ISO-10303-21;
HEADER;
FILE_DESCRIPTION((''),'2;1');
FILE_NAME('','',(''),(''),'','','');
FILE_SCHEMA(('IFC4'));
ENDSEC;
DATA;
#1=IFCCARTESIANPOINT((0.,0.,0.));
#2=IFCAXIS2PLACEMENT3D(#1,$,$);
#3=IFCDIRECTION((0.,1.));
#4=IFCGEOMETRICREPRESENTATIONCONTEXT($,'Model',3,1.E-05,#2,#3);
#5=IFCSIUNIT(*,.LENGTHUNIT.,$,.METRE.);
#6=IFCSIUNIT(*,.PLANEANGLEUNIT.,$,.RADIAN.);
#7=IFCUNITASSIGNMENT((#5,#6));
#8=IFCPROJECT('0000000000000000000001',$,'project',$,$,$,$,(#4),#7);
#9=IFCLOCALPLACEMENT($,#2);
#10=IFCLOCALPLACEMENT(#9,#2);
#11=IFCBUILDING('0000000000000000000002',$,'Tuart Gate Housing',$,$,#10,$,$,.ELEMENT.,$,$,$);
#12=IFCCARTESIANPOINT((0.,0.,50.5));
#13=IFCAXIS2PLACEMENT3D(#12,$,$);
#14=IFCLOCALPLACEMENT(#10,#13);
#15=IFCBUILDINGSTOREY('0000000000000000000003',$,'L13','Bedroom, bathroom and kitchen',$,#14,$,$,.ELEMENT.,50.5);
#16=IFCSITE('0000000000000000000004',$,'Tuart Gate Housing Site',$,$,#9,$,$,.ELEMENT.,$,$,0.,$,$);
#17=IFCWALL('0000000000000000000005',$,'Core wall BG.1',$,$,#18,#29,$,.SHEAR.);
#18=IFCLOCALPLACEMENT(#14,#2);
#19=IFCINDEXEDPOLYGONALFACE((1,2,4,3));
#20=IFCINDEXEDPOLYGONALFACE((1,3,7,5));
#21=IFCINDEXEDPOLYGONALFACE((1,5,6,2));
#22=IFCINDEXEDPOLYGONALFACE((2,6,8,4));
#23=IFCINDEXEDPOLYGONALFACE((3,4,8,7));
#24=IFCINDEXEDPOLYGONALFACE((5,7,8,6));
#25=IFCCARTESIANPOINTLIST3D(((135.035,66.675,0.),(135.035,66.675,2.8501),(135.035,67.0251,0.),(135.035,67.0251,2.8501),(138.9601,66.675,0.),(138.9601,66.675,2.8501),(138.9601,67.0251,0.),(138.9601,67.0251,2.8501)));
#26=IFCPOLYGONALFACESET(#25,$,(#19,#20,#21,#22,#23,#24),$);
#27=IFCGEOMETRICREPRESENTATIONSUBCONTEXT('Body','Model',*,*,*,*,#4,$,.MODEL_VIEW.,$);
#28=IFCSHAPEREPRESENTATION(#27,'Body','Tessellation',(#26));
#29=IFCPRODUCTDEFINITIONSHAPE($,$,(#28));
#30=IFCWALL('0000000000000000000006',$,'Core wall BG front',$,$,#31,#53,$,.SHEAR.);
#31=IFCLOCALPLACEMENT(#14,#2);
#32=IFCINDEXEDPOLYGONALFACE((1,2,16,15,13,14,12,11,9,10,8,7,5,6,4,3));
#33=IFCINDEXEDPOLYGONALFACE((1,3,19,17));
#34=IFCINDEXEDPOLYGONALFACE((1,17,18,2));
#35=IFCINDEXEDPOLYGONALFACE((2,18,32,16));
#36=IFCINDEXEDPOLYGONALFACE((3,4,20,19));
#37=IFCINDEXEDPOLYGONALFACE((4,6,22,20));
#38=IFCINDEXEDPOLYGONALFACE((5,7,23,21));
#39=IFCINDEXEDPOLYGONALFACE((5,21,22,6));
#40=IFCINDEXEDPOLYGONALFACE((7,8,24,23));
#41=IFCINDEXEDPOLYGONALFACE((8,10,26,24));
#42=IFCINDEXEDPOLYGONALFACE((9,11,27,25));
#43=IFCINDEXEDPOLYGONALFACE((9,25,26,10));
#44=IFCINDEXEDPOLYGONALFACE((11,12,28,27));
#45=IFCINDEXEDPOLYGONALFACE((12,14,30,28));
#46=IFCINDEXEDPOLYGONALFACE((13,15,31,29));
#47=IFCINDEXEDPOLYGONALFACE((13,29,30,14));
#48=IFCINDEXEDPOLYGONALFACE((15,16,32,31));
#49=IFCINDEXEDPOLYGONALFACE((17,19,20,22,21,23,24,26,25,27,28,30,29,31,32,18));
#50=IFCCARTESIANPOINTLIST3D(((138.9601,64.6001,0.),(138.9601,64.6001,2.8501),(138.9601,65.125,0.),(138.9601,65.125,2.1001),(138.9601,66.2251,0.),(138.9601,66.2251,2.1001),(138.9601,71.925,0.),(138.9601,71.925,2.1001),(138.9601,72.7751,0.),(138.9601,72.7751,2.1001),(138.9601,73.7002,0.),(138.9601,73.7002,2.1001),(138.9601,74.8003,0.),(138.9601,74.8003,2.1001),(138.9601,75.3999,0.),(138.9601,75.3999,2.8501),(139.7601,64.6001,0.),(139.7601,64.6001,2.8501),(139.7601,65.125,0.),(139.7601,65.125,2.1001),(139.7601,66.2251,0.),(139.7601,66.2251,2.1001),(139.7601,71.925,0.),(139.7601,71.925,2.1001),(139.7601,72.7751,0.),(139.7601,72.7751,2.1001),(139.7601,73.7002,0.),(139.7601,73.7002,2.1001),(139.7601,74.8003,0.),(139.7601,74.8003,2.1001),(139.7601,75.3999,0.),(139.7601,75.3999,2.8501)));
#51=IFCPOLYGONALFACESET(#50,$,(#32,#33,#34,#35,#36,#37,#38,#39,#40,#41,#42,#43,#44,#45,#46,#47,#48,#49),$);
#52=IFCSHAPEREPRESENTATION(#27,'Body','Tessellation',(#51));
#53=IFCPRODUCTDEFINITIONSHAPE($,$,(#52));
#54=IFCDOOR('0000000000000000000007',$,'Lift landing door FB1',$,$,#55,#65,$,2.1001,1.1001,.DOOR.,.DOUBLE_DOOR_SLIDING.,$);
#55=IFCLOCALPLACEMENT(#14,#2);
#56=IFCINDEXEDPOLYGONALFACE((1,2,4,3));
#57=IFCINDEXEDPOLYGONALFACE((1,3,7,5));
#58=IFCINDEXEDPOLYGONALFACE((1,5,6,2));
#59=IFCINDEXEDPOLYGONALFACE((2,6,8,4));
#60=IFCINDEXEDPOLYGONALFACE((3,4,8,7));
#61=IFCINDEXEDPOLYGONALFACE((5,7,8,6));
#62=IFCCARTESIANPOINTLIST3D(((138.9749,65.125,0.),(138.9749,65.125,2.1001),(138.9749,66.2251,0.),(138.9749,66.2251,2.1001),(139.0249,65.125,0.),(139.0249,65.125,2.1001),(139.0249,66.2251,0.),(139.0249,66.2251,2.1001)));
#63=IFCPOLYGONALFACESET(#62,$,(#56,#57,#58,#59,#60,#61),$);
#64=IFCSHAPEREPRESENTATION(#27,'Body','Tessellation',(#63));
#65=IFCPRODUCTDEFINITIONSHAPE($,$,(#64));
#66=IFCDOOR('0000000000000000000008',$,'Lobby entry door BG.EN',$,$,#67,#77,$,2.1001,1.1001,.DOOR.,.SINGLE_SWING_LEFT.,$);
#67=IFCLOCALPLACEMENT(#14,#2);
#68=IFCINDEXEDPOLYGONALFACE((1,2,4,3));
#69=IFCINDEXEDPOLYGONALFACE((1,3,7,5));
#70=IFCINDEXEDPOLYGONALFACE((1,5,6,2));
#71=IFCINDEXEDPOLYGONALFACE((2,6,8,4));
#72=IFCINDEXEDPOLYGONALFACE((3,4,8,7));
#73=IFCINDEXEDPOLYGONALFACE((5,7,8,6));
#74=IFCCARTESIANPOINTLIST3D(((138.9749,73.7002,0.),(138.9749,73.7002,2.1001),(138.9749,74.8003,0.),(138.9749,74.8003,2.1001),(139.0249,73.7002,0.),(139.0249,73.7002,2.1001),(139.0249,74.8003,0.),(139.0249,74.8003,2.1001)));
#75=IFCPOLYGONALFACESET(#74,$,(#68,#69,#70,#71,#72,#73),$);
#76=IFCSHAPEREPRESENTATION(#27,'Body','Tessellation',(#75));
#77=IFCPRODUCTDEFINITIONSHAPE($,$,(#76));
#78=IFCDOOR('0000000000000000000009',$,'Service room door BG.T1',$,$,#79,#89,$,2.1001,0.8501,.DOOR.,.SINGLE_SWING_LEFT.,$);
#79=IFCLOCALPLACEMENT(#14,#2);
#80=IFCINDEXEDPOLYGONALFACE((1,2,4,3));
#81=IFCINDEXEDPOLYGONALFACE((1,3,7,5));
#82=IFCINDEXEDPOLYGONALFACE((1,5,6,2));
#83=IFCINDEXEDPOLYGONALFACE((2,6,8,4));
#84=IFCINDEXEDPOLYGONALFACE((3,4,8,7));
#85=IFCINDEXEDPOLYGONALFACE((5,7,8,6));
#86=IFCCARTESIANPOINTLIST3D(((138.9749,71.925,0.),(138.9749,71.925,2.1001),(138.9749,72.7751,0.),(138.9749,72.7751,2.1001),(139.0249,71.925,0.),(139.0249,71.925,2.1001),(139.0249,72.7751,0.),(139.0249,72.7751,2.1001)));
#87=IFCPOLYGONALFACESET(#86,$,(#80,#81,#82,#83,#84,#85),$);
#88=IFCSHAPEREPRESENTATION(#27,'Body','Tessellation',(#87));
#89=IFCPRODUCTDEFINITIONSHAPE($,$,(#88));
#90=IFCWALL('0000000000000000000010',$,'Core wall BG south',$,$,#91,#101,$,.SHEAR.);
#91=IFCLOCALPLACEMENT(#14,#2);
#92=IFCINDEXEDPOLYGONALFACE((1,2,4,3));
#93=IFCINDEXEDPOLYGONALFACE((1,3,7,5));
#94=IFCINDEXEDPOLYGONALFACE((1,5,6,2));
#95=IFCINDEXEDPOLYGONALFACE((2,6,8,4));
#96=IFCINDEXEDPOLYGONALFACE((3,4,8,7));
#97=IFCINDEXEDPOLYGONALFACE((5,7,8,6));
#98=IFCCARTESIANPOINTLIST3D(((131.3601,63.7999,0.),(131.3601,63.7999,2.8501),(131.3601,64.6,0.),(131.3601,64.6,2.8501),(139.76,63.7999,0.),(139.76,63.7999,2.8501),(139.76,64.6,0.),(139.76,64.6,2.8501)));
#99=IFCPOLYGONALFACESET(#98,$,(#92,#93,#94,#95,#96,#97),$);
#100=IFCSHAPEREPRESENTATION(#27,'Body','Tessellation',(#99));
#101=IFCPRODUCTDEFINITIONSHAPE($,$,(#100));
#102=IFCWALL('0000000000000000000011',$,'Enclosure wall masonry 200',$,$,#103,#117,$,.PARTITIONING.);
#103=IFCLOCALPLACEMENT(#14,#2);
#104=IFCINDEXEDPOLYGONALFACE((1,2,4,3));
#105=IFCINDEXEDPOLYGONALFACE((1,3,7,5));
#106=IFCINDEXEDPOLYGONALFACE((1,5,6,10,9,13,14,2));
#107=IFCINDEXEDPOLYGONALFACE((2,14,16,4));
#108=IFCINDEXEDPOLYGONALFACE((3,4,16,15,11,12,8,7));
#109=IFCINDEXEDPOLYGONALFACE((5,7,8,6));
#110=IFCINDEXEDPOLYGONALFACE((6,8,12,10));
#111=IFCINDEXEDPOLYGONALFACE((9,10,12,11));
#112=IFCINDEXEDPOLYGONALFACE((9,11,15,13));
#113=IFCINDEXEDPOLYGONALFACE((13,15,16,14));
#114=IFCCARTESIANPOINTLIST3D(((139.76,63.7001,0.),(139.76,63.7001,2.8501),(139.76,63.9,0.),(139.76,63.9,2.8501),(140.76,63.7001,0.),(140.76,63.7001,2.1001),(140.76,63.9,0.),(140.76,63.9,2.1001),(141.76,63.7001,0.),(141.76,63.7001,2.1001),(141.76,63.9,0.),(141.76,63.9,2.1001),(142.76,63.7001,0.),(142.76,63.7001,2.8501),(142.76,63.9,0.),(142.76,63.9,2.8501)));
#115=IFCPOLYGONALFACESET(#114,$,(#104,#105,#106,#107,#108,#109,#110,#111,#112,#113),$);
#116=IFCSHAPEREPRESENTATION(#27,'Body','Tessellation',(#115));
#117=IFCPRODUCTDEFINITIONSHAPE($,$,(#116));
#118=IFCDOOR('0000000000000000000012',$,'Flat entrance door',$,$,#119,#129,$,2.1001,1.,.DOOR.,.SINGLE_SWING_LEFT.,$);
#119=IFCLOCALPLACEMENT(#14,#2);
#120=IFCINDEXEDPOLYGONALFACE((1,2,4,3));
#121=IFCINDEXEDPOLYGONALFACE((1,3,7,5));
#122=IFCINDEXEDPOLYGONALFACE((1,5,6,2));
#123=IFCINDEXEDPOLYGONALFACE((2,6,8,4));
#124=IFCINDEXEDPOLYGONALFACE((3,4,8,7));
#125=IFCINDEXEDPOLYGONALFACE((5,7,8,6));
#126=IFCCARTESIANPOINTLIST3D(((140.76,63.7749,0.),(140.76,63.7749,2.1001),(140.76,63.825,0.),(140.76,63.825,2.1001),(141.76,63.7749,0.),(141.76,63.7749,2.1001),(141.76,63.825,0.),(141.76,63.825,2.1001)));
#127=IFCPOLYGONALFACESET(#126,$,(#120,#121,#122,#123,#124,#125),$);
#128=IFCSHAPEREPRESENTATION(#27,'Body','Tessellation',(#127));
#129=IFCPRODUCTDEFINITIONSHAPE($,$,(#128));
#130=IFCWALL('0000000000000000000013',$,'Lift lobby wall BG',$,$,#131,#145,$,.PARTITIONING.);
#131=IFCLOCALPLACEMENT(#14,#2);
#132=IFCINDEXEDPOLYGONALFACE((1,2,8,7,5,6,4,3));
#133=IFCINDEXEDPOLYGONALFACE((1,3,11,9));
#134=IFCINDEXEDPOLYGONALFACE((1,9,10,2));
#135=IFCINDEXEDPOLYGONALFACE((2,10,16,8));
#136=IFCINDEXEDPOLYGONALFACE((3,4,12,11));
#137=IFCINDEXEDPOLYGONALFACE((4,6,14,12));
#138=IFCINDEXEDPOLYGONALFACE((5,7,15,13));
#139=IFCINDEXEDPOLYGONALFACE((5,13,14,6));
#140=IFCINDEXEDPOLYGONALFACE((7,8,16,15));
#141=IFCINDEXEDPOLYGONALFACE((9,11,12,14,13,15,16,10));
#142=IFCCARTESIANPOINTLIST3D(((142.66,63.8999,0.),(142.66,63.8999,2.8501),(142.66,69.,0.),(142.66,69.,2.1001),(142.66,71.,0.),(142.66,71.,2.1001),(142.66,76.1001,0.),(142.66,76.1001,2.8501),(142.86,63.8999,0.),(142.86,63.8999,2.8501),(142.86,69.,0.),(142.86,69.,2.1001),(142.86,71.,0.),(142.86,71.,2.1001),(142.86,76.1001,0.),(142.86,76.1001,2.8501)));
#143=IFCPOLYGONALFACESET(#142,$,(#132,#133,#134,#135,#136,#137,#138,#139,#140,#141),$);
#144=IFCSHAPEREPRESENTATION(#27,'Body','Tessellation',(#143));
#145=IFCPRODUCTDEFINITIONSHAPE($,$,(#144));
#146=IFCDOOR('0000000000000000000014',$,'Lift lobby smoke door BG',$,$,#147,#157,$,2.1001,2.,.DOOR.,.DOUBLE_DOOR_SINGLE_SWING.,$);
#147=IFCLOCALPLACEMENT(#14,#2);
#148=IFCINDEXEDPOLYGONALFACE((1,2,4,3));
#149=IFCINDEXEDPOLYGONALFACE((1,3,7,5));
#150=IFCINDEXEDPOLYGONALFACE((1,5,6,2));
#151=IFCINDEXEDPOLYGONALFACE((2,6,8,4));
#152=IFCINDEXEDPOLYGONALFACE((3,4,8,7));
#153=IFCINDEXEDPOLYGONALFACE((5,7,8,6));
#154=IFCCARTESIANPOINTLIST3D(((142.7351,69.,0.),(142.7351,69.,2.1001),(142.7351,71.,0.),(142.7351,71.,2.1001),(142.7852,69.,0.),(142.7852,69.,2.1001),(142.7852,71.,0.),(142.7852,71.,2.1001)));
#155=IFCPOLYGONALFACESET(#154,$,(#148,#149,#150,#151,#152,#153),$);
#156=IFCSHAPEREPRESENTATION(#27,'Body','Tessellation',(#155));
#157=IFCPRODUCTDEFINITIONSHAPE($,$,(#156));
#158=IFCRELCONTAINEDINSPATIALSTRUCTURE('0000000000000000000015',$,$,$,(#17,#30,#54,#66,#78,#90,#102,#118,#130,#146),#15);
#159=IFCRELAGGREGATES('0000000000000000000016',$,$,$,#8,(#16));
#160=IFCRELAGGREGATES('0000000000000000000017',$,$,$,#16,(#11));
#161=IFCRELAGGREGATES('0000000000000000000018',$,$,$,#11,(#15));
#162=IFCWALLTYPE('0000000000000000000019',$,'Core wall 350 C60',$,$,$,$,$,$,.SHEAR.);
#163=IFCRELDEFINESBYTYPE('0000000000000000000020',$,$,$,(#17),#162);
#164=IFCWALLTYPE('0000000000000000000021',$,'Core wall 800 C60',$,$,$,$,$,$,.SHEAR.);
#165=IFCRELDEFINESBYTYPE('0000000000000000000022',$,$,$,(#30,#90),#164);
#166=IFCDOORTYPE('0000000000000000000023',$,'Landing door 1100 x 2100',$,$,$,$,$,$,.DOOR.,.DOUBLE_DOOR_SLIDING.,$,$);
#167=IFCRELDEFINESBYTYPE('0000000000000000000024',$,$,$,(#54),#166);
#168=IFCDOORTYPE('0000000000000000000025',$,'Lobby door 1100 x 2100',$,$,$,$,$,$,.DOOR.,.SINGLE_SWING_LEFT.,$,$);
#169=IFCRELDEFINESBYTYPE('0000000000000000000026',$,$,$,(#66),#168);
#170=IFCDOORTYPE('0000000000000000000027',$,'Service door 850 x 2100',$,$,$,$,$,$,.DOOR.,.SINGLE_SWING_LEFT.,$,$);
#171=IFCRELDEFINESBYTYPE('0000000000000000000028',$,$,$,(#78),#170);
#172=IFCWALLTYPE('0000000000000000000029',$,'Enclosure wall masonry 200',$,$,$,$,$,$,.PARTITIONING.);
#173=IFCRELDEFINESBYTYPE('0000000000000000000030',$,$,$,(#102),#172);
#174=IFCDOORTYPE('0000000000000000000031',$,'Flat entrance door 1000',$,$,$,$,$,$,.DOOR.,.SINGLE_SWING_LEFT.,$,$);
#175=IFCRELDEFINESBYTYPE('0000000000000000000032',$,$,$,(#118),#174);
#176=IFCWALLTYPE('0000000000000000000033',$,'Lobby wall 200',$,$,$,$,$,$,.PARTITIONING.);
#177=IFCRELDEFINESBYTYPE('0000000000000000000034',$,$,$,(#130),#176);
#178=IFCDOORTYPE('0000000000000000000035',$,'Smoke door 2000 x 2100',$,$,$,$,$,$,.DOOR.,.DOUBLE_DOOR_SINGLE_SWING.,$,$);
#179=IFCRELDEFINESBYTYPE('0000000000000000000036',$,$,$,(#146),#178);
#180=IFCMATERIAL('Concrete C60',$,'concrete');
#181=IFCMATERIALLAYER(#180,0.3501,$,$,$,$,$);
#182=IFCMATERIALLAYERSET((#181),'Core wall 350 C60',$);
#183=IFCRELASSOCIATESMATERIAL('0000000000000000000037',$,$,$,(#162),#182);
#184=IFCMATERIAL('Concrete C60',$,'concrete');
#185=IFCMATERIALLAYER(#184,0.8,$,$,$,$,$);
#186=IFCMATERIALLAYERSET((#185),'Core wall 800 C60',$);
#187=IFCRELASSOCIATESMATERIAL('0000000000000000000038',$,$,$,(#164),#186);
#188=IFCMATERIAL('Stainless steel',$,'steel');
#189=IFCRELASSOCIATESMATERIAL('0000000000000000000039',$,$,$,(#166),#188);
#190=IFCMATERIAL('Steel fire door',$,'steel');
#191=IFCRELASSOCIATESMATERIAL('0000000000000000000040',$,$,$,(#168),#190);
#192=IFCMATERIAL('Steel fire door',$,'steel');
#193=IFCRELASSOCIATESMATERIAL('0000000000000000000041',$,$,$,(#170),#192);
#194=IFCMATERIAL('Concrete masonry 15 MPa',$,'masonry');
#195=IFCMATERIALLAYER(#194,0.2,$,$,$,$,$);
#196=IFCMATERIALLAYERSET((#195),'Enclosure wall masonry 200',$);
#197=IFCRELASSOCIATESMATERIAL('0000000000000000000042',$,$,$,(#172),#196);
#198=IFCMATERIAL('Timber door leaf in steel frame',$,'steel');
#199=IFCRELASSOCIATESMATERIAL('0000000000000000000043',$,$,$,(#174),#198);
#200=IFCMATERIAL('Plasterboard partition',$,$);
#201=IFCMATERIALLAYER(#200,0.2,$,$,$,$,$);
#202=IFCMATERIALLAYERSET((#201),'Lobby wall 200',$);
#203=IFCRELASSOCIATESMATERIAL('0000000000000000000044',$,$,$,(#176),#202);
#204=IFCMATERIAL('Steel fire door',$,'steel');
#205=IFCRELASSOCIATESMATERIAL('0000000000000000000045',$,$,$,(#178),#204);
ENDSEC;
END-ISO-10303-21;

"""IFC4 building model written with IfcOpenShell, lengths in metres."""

from ifc_helpers import new_model, si_unit, direction, frame, frame_2d, origin, place, context, subcontext, project, spatial, rectangle, extrude, material, layer, layer_set, type_object, element, fill, save


model = new_model("IFC4")

# Units and contexts
model_context = context("Model", 3, precision=1e-05, world=origin(), true_north=direction((0.0, 1.0)))
body_context = subcontext(model_context, "Body", "Model", "MODEL_VIEW")
ifc_project = project(units=[si_unit("LENGTHUNIT", "METRE"), si_unit("PLANEANGLEUNIT", "RADIAN")], contexts=[model_context])

# Site, building, storey
site_placement = place(None, origin())
site = spatial("IfcSite", under=ifc_project, at=site_placement, Name="Tuart Gate Housing Site", CompositionType="ELEMENT", RefElevation=0.0)
building_placement = place(site_placement, origin())
building = spatial("IfcBuilding", under=site, at=building_placement, Name="Tuart Gate Housing", CompositionType="ELEMENT")
storey_placement = place(building_placement, frame((0.0, 0.0, 50.5)))
storey = spatial("IfcBuildingStorey", under=building, at=storey_placement, Name="L13", Description="Bedroom, bathroom and kitchen", CompositionType="ELEMENT", Elevation=50.5)

# Wall
ifc_material_1 = material(Name="Concrete C60", Category="concrete")
ifc_layer_1 = layer(ifc_material_1, 0.3501)
ifc_layer_set_1 = layer_set([ifc_layer_1], Name="Core wall 350 C60")
wall_type_1 = type_object("IfcWallType", Name="Core wall 350 C60", PredefinedType="SHEAR", material=ifc_layer_set_1)
wall_1_placement = place(storey_placement, frame((138.96, 66.8501, 0.0), z_axis=(0.0, 0.0, 1.0), x_axis=(-1.0, 0.0, 0.0)))
element("IfcWall", 1, at=wall_1_placement, inside=storey, type_object=wall_type_1, Name="Core wall BG.1", PredefinedType="SHEAR", context=body_context, shape_type="SweptSolid", body=[
    extrude(rectangle(XDim=3.925, YDim=0.3501, at=frame_2d((1.9624, 0.0))), origin(), (0.0, 0.0, 1.0), 2.8501),
])

# Wall, openings, doors
ifc_material_2 = material(Name="Concrete C60", Category="concrete")
ifc_layer_2 = layer(ifc_material_2, 0.8)
ifc_layer_set_2 = layer_set([ifc_layer_2], Name="Core wall 800 C60")
wall_type_2 = type_object("IfcWallType", Name="Core wall 800 C60", PredefinedType="SHEAR", material=ifc_layer_set_2)
wall_2_placement = place(storey_placement, frame((139.3601, 64.6001, 0.0), z_axis=(0.0, 0.0, 1.0), x_axis=(0.0, 1.0, 0.0)))
wall_2 = element("IfcWall", 2, at=wall_2_placement, inside=storey, type_object=wall_type_2, Name="Core wall BG front", PredefinedType="SHEAR", context=body_context, shape_type="SweptSolid", body=[
    extrude(rectangle(XDim=10.7998, YDim=0.8, at=frame_2d((5.3999, 0.0))), origin(), (0.0, 0.0, 1.0), 2.8501),
])
opening_1_placement = place(wall_2_placement, frame((0.5249, 0.0, 0.0)))
opening_1 = element("IfcOpeningElement", 3, at=opening_1_placement, cuts=wall_2, PredefinedType="OPENING", context=body_context, shape_type="SweptSolid", body=[
    extrude(rectangle(XDim=1.1001, YDim=2.1001, at=frame_2d((0.55, 1.05))), frame((0.0, 0.4099, 0.0), z_axis=(0.0, -1.0, 0.0), x_axis=(1.0, 0.0, 0.0)), (0.0, 0.0, 1.0), 0.8201),
])
opening_2_placement = place(wall_2_placement, frame((9.1001, 0.0, 0.0)))
opening_2 = element("IfcOpeningElement", 4, at=opening_2_placement, cuts=wall_2, PredefinedType="OPENING", context=body_context, shape_type="SweptSolid", body=[
    extrude(rectangle(XDim=1.1001, YDim=2.1001, at=frame_2d((0.55, 1.05))), frame((0.0, 0.4099, 0.0), z_axis=(0.0, -1.0, 0.0), x_axis=(1.0, 0.0, 0.0)), (0.0, 0.0, 1.0), 0.8201),
])
opening_3_placement = place(wall_2_placement, frame((7.325, 0.0, 0.0)))
opening_3 = element("IfcOpeningElement", 5, at=opening_3_placement, cuts=wall_2, PredefinedType="OPENING", context=body_context, shape_type="SweptSolid", body=[
    extrude(rectangle(XDim=0.8501, YDim=2.1001, at=frame_2d((0.425, 1.05))), frame((0.0, 0.4099, 0.0), z_axis=(0.0, -1.0, 0.0), x_axis=(1.0, 0.0, 0.0)), (0.0, 0.0, 1.0), 0.8201),
])
ifc_material_3 = material(Name="Stainless steel", Category="steel")
door_type_1 = type_object("IfcDoorType", Name="Landing door 1100 x 2100", OperationType="DOUBLE_DOOR_SLIDING", PredefinedType="DOOR", material=ifc_material_3)
door_1_placement = place(opening_1_placement, origin())
door_1 = element("IfcDoor", 6, at=door_1_placement, inside=storey, type_object=door_type_1, Name="Lift landing door FB1", OperationType="DOUBLE_DOOR_SLIDING", OverallHeight=2.1001, OverallWidth=1.1001, PredefinedType="DOOR", context=body_context, shape_type="SweptSolid", body=[
    extrude(rectangle(XDim=1.1001, YDim=2.1001, at=frame_2d((0.55, 1.05))), frame((0.0, 0.3853, 0.0), z_axis=(0.0, -1.0, 0.0), x_axis=(1.0, 0.0, 0.0)), (0.0, 0.0, 1.0), 0.05),
])
fill(opening_1, door_1)
ifc_material_4 = material(Name="Steel fire door", Category="steel")
door_type_2 = type_object("IfcDoorType", Name="Lobby door 1100 x 2100", OperationType="SINGLE_SWING_LEFT", PredefinedType="DOOR", material=ifc_material_4)
door_2_placement = place(opening_2_placement, origin())
door_2 = element("IfcDoor", 7, at=door_2_placement, inside=storey, type_object=door_type_2, Name="Lobby entry door BG.EN", OperationType="SINGLE_SWING_LEFT", OverallHeight=2.1001, OverallWidth=1.1001, PredefinedType="DOOR", context=body_context, shape_type="SweptSolid", body=[
    extrude(rectangle(XDim=1.1001, YDim=2.1001, at=frame_2d((0.55, 1.05))), frame((0.0, 0.3853, 0.0), z_axis=(0.0, -1.0, 0.0), x_axis=(1.0, 0.0, 0.0)), (0.0, 0.0, 1.0), 0.05),
])
fill(opening_2, door_2)
ifc_material_5 = material(Name="Steel fire door", Category="steel")
door_type_3 = type_object("IfcDoorType", Name="Service door 850 x 2100", OperationType="SINGLE_SWING_LEFT", PredefinedType="DOOR", material=ifc_material_5)
door_3_placement = place(opening_3_placement, origin())
door_3 = element("IfcDoor", 8, at=door_3_placement, inside=storey, type_object=door_type_3, Name="Service room door BG.T1", OperationType="SINGLE_SWING_LEFT", OverallHeight=2.1001, OverallWidth=0.8501, PredefinedType="DOOR", context=body_context, shape_type="SweptSolid", body=[
    extrude(rectangle(XDim=0.8501, YDim=2.1001, at=frame_2d((0.425, 1.05))), frame((0.0, 0.3853, 0.0), z_axis=(0.0, -1.0, 0.0), x_axis=(1.0, 0.0, 0.0)), (0.0, 0.0, 1.0), 0.05),
])
fill(opening_3, door_3)

# Wall
wall_3_placement = place(storey_placement, frame((139.76, 64.2, 0.0), z_axis=(0.0, 0.0, 1.0), x_axis=(-1.0, 0.0, 0.0)))
element("IfcWall", 9, at=wall_3_placement, inside=storey, type_object=wall_type_2, Name="Core wall BG south", PredefinedType="SHEAR", context=body_context, shape_type="SweptSolid", body=[
    extrude(rectangle(XDim=8.3999, YDim=0.8, at=frame_2d((4.2, 0.0))), origin(), (0.0, 0.0, 1.0), 2.8501),
])

# Walls, openings, doors
ifc_material_6 = material(Name="Concrete masonry 15 MPa", Category="masonry")
ifc_layer_3 = layer(ifc_material_6, 0.2)
ifc_layer_set_3 = layer_set([ifc_layer_3], Name="Enclosure wall masonry 200")
wall_type_3 = type_object("IfcWallType", Name="Enclosure wall masonry 200", PredefinedType="PARTITIONING", material=ifc_layer_set_3)
wall_4_placement = place(storey_placement, frame((139.76, 63.8, 0.0), z_axis=(0.0, 0.0, 1.0), x_axis=(1.0, 0.0, 0.0)))
wall_4 = element("IfcWall", 10, at=wall_4_placement, inside=storey, type_object=wall_type_3, Name="Enclosure wall masonry 200", PredefinedType="PARTITIONING", context=body_context, shape_type="SweptSolid", body=[
    extrude(rectangle(XDim=3.0, YDim=0.2, at=frame_2d((1.5, 0.0))), origin(), (0.0, 0.0, 1.0), 2.8501),
])
opening_4_placement = place(wall_4_placement, frame((1.0, 0.0, 0.0)))
opening_4 = element("IfcOpeningElement", 11, at=opening_4_placement, cuts=wall_4, PredefinedType="OPENING", context=body_context, shape_type="SweptSolid", body=[
    extrude(rectangle(XDim=1.0, YDim=2.1001, at=frame_2d((0.5, 1.05))), frame((0.0, 0.1099, 0.0), z_axis=(0.0, -1.0, 0.0), x_axis=(1.0, 0.0, 0.0)), (0.0, 0.0, 1.0), 0.22),
])
ifc_material_7 = material(Name="Timber door leaf in steel frame", Category="steel")
door_type_4 = type_object("IfcDoorType", Name="Flat entrance door 1000", OperationType="SINGLE_SWING_LEFT", PredefinedType="DOOR", material=ifc_material_7)
door_4_placement = place(opening_4_placement, frame((1.0, 0.0, 0.0), z_axis=(0.0, 0.0, 1.0), x_axis=(-1.0, 0.0, 0.0)))
door_4 = element("IfcDoor", 12, at=door_4_placement, inside=storey, type_object=door_type_4, Name="Flat entrance door", OperationType="SINGLE_SWING_LEFT", OverallHeight=2.1001, OverallWidth=1.0, PredefinedType="DOOR", context=body_context, shape_type="SweptSolid", body=[
    extrude(rectangle(XDim=1.0, YDim=2.1001, at=frame_2d((0.5, 1.05))), frame((0.0, 0.0251, 0.0), z_axis=(0.0, -1.0, 0.0), x_axis=(1.0, 0.0, 0.0)), (0.0, 0.0, 1.0), 0.05),
])
fill(opening_4, door_4)
ifc_material_8 = material(Name="Plasterboard partition")
ifc_layer_4 = layer(ifc_material_8, 0.2)
ifc_layer_set_4 = layer_set([ifc_layer_4], Name="Lobby wall 200")
wall_type_4 = type_object("IfcWallType", Name="Lobby wall 200", PredefinedType="PARTITIONING", material=ifc_layer_set_4)
wall_5_placement = place(storey_placement, frame((142.76, 63.8999, 0.0), z_axis=(0.0, 0.0, 1.0), x_axis=(0.0, 1.0, 0.0)))
wall_5 = element("IfcWall", 13, at=wall_5_placement, inside=storey, type_object=wall_type_4, Name="Lift lobby wall BG", PredefinedType="PARTITIONING", context=body_context, shape_type="SweptSolid", body=[
    extrude(rectangle(XDim=12.2002, YDim=0.2, at=frame_2d((6.1001, 0.0))), origin(), (0.0, 0.0, 1.0), 2.8501),
])
opening_5_placement = place(wall_5_placement, frame((5.1001, 0.0, 0.0)))
opening_5 = element("IfcOpeningElement", 14, at=opening_5_placement, cuts=wall_5, PredefinedType="OPENING", context=body_context, shape_type="SweptSolid", body=[
    extrude(rectangle(XDim=2.0, YDim=2.1001, at=frame_2d((1.0, 1.05))), frame((0.0, 0.1099, 0.0), z_axis=(0.0, -1.0, 0.0), x_axis=(1.0, 0.0, 0.0)), (0.0, 0.0, 1.0), 0.22),
])
ifc_material_9 = material(Name="Steel fire door", Category="steel")
door_type_5 = type_object("IfcDoorType", Name="Smoke door 2000 x 2100", OperationType="DOUBLE_DOOR_SINGLE_SWING", PredefinedType="DOOR", material=ifc_material_9)
door_5_placement = place(opening_5_placement, origin())
door_5 = element("IfcDoor", 15, at=door_5_placement, inside=storey, type_object=door_type_5, Name="Lift lobby smoke door BG", OperationType="DOUBLE_DOOR_SINGLE_SWING", OverallHeight=2.1001, OverallWidth=2.0, PredefinedType="DOOR", context=body_context, shape_type="SweptSolid", body=[
    extrude(rectangle(XDim=2.0, YDim=2.1001, at=frame_2d((1.0, 1.05))), frame((0.0, 0.0249, 0.0), z_axis=(0.0, -1.0, 0.0), x_axis=(1.0, 0.0, 0.0)), (0.0, 0.0, 1.0), 0.05),
])
fill(opening_5, door_5)

save(model, "model.ifc")
